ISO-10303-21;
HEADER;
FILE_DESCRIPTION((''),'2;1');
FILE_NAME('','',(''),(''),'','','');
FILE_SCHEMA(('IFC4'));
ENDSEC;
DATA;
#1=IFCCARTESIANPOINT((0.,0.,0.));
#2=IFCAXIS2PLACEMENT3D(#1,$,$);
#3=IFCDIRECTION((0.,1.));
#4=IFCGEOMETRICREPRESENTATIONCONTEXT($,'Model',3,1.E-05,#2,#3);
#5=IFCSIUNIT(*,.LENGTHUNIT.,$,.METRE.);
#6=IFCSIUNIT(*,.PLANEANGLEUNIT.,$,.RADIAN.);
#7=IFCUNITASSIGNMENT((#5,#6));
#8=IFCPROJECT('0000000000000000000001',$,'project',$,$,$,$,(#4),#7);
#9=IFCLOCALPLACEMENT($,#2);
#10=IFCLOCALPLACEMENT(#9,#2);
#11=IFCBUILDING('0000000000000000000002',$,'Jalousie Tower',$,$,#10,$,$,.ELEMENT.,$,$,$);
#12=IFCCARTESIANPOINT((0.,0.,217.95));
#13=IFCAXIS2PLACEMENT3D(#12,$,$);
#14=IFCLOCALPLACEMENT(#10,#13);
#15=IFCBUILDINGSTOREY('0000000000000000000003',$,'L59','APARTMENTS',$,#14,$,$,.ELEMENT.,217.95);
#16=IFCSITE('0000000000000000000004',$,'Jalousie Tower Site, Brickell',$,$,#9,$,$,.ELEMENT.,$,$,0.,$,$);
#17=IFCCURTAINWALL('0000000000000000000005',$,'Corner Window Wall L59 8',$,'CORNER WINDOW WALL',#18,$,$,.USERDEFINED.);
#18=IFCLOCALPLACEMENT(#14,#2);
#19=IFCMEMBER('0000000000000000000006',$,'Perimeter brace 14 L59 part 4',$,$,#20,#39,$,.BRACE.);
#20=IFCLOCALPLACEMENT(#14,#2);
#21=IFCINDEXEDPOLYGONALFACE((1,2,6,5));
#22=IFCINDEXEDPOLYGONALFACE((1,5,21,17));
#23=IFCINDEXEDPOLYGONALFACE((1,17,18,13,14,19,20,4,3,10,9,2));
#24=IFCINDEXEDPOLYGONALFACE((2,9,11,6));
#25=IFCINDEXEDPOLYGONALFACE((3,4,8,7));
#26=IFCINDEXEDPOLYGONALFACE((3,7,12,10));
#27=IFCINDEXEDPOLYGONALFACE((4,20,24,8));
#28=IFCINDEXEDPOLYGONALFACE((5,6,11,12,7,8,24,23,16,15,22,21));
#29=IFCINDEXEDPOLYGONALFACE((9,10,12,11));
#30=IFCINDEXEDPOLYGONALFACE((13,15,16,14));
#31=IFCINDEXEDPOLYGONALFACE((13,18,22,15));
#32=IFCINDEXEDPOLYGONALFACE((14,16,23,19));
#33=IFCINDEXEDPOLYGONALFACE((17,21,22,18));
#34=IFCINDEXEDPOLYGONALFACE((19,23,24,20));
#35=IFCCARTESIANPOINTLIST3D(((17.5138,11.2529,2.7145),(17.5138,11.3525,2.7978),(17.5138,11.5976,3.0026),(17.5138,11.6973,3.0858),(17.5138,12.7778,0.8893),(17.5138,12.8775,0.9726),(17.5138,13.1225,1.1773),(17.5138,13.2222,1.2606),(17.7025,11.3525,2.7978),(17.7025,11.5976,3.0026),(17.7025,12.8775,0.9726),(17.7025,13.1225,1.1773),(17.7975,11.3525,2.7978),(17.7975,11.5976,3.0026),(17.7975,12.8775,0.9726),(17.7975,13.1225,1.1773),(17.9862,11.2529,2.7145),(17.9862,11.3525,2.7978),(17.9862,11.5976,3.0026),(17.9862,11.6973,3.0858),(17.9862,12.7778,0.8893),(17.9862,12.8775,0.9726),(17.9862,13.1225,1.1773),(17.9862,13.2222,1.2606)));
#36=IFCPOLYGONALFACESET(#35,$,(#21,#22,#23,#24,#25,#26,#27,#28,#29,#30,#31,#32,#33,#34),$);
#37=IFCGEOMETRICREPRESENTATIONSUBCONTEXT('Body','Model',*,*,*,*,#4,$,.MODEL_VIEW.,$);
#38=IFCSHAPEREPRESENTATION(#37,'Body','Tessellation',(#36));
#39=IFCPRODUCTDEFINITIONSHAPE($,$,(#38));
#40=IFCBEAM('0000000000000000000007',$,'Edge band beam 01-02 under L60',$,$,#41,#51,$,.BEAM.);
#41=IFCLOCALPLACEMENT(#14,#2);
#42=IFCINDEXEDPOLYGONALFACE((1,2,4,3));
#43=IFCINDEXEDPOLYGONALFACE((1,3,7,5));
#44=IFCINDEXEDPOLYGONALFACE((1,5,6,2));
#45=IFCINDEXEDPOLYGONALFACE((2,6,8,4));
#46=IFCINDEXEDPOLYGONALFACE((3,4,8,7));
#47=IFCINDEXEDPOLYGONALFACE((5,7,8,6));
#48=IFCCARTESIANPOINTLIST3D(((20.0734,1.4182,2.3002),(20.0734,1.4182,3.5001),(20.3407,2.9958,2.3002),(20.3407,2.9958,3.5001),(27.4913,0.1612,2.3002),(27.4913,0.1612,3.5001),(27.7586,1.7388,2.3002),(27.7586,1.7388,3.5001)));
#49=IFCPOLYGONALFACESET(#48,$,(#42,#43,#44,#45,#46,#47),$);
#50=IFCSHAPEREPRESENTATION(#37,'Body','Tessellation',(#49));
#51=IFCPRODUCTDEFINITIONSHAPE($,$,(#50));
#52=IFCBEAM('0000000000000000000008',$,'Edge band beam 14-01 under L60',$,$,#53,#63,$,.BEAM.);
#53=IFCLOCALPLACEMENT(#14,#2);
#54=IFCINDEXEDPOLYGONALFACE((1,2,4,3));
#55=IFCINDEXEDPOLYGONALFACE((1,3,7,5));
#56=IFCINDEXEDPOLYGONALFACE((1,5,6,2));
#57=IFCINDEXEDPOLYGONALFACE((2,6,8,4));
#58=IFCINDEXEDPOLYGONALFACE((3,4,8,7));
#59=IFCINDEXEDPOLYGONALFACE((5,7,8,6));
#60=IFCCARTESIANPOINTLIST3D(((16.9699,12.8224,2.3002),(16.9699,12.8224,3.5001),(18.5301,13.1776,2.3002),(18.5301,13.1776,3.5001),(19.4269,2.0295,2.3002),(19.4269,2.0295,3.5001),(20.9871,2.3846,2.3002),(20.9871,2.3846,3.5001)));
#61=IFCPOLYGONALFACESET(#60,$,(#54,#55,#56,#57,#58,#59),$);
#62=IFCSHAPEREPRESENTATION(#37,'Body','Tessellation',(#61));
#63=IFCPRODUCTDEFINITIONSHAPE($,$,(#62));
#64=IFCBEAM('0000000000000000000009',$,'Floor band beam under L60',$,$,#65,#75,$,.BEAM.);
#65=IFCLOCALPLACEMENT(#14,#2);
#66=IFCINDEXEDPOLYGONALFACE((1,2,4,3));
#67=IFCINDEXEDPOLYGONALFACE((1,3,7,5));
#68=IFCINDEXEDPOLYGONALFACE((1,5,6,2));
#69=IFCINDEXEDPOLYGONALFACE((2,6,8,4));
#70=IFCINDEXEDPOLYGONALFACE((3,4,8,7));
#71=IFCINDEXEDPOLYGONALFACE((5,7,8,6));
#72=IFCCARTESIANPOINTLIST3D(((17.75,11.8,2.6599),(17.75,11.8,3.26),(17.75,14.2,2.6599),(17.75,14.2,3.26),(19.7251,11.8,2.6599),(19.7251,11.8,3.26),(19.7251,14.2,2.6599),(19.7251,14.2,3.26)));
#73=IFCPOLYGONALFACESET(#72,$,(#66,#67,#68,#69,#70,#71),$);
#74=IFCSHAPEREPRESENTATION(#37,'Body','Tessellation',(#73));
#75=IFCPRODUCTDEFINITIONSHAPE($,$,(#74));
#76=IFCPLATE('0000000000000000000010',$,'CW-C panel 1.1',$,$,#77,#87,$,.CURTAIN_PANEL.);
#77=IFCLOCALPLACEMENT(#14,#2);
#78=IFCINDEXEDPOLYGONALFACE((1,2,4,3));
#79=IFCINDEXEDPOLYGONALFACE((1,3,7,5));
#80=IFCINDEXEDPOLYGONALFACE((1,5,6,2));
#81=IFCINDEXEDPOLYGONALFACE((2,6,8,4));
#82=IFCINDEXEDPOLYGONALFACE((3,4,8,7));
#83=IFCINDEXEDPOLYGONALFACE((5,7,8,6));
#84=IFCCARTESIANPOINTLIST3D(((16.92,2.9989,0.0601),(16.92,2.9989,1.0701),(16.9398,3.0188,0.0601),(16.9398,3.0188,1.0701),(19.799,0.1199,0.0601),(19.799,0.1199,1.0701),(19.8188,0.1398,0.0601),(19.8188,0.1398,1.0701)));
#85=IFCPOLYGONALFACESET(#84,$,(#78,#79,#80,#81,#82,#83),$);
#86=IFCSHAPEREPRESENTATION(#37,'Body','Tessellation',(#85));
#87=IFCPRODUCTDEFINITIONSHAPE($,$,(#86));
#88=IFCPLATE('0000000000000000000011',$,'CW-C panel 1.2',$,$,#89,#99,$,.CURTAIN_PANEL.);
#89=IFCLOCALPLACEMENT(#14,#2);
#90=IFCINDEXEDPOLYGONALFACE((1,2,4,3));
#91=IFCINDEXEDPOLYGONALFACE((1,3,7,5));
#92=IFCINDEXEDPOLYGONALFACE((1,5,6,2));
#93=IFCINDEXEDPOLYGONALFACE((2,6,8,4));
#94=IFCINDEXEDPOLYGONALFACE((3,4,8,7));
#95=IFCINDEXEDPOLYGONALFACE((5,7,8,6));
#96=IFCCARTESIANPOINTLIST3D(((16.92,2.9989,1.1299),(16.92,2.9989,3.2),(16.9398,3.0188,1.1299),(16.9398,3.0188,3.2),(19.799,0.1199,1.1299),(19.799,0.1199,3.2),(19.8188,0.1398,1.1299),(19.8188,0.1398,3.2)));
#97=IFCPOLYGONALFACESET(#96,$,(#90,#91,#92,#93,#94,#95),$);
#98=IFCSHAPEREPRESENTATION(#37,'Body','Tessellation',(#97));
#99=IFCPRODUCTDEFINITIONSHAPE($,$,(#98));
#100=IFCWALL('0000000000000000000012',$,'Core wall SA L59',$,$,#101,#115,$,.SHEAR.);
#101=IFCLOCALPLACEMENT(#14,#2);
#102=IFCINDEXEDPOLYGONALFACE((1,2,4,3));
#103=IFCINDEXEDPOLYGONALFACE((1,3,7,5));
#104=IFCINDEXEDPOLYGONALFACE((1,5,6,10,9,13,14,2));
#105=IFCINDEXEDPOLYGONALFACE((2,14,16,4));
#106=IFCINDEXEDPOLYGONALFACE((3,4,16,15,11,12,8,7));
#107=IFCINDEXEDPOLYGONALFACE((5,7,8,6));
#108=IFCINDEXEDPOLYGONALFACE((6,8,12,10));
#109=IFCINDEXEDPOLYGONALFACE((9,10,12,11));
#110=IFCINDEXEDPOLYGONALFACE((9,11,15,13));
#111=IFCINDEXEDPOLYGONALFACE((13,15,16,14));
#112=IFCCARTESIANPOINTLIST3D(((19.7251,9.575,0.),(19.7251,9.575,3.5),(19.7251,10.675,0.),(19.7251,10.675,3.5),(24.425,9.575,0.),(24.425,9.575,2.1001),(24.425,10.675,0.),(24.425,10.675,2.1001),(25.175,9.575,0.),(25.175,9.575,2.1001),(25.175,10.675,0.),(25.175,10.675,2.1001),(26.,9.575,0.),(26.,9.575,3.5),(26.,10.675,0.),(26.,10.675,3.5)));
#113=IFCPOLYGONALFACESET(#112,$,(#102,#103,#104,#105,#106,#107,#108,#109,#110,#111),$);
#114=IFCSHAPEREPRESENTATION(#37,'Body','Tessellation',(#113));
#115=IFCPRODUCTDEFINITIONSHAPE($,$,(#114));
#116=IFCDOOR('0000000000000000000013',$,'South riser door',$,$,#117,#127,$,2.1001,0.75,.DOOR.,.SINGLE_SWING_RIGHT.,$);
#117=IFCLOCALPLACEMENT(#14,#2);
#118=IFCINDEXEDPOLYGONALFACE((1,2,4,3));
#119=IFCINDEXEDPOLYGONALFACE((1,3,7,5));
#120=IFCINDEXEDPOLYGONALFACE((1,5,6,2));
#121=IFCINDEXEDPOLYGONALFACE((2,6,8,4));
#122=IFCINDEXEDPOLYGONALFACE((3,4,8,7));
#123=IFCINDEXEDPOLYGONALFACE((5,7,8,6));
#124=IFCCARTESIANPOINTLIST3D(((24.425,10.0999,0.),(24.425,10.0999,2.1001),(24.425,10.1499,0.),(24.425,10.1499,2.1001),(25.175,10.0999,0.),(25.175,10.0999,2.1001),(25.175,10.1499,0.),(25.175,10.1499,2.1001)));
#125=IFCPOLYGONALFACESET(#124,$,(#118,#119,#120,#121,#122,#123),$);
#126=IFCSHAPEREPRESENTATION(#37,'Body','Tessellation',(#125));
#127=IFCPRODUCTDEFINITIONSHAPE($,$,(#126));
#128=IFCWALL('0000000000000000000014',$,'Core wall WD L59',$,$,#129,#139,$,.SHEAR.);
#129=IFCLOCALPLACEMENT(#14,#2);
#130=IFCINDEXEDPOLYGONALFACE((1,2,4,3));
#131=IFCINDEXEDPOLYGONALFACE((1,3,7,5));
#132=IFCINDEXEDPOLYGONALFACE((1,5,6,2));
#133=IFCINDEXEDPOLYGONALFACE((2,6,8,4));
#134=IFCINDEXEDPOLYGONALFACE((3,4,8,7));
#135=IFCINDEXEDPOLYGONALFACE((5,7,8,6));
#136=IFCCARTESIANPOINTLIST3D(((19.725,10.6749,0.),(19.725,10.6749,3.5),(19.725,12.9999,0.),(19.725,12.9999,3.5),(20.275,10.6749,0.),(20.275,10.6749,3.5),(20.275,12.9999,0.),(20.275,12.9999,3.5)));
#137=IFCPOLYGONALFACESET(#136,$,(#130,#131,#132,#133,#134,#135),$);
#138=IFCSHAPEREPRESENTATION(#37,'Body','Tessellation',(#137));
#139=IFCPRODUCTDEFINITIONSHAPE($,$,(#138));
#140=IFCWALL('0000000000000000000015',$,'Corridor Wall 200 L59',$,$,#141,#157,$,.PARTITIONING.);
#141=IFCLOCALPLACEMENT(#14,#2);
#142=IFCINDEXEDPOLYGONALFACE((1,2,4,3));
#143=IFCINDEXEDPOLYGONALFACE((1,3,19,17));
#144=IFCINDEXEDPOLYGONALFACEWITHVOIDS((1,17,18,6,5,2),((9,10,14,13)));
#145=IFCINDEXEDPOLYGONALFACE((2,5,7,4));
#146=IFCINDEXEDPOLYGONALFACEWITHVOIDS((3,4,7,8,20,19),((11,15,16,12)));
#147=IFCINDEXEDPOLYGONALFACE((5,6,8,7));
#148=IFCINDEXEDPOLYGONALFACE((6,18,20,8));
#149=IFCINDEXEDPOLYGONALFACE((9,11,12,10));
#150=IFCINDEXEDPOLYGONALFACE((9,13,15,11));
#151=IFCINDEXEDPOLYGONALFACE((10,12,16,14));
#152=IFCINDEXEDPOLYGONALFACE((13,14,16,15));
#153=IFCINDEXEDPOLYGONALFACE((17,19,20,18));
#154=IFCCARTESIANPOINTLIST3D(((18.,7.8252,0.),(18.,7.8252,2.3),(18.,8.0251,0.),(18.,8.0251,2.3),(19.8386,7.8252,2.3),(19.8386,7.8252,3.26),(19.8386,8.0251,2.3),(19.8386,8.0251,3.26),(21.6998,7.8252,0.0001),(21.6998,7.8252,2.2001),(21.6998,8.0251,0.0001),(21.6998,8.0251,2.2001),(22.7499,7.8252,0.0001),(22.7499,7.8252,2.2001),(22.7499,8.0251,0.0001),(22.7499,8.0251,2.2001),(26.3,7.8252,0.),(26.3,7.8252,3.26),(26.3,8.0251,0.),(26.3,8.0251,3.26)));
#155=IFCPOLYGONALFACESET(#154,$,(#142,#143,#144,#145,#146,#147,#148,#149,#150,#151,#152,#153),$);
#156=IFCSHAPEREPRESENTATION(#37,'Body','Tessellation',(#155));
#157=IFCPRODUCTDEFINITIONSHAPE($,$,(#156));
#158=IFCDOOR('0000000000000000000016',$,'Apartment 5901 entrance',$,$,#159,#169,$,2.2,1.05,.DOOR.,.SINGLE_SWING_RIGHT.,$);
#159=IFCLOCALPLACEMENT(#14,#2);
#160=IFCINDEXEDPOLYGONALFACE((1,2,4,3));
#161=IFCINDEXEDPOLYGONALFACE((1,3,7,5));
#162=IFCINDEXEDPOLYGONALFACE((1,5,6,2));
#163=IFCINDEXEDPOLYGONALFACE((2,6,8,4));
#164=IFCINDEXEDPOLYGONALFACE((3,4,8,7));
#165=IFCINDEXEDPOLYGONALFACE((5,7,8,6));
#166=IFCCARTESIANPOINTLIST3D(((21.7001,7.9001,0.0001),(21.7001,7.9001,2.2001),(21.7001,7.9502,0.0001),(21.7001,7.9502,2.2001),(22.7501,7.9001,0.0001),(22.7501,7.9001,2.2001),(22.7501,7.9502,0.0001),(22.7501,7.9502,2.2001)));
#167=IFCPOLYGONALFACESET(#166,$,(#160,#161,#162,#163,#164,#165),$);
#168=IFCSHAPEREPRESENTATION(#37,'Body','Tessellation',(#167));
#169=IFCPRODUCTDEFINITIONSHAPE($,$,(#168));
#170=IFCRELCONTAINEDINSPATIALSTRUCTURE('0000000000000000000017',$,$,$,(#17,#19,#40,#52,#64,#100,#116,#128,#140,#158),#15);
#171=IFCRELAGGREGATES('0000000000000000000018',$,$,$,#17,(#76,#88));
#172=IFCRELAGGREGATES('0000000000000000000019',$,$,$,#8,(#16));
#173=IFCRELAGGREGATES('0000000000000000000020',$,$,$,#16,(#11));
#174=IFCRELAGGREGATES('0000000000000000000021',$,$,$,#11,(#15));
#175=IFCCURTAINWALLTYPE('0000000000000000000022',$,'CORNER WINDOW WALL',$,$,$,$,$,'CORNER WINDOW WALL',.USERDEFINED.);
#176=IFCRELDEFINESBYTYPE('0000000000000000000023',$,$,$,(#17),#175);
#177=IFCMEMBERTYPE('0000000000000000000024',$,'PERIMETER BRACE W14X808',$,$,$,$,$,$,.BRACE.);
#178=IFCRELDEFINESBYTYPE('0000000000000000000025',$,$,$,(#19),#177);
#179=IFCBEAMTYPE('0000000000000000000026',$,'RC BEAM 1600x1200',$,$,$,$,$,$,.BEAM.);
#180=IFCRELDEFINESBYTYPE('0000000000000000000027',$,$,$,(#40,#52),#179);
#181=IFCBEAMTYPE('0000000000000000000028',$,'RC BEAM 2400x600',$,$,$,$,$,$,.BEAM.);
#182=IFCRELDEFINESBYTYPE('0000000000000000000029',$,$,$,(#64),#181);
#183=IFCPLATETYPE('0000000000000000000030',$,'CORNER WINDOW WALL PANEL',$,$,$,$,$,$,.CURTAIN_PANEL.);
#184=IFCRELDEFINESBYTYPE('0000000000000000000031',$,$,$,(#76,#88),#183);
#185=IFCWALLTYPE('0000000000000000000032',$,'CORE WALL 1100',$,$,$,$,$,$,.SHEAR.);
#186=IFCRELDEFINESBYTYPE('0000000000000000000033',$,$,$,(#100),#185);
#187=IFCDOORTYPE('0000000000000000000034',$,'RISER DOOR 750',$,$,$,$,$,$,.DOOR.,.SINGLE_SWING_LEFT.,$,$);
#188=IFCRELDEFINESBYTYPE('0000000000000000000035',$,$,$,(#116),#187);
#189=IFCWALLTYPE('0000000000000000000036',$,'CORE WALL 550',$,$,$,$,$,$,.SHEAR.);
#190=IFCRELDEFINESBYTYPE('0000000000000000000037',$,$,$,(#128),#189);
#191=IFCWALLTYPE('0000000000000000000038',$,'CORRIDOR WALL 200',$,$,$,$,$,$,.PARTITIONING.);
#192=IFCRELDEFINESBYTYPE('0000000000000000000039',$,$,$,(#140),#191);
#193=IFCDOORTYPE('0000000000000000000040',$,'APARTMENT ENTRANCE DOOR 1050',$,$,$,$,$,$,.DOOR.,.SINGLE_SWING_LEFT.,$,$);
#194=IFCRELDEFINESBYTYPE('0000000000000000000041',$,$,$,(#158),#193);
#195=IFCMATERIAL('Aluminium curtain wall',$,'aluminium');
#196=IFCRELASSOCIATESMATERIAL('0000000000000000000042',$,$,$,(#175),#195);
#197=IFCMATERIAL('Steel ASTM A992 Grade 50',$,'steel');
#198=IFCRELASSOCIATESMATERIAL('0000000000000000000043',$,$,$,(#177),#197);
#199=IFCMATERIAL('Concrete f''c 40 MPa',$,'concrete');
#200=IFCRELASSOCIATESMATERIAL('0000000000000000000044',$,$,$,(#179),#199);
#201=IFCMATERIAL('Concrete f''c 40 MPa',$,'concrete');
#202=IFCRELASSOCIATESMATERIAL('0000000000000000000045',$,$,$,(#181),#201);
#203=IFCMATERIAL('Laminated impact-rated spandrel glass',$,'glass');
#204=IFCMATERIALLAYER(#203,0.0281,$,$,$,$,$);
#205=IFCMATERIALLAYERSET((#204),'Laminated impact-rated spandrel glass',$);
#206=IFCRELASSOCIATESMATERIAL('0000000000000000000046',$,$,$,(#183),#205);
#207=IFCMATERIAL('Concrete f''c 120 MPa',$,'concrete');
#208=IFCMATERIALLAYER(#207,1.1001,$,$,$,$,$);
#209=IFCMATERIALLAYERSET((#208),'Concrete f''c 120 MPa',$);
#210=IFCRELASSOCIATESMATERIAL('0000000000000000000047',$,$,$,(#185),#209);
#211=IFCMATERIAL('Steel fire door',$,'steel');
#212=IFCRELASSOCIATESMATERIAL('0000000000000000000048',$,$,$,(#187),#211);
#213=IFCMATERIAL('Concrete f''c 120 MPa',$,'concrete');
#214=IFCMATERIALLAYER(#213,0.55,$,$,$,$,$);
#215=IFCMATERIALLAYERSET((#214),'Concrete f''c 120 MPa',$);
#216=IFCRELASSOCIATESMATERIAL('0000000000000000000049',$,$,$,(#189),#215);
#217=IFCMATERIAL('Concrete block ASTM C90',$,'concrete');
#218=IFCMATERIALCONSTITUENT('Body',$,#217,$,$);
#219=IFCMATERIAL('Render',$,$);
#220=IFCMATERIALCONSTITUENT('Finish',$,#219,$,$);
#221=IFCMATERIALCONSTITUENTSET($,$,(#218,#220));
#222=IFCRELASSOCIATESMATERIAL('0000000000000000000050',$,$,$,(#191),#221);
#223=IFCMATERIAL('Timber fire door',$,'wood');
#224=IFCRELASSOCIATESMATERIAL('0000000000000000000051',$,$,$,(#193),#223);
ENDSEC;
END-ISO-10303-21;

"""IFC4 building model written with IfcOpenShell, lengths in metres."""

from ifc_helpers import new_model, si_unit, direction, frame, frame_2d, origin, origin_2d, place, context, subcontext, project, spatial, polyline, rectangle, i_section, outline, extrude, material, layer, layer_set, constituent, constituent_set, material_profile, profile_set, type_object, element, fill, aggregate, save


model = new_model("IFC4")

# Units and contexts
model_context = context("Model", 3, precision=1e-05, world=origin(), true_north=direction((0.0, 1.0)))
body_context = subcontext(model_context, "Body", "Model", "MODEL_VIEW")
ifc_project = project(units=[si_unit("LENGTHUNIT", "METRE"), si_unit("PLANEANGLEUNIT", "RADIAN")], contexts=[model_context])

# Site, building, storey
site_placement = place(None, origin())
site = spatial("IfcSite", under=ifc_project, at=site_placement, Name="Jalousie Tower Site, Brickell", CompositionType="ELEMENT", RefElevation=0.0)
building_placement = place(site_placement, origin())
building = spatial("IfcBuilding", under=site, at=building_placement, Name="Jalousie Tower", CompositionType="ELEMENT")
storey_placement = place(building_placement, frame((0.0, 0.0, 217.95)))
storey = spatial("IfcBuildingStorey", under=building, at=storey_placement, Name="L59", Description="APARTMENTS", CompositionType="ELEMENT", Elevation=217.95)

# Curtain wall
ifc_material_1 = material(Name="Aluminium curtain wall", Category="aluminium")
curtain_wall_type = type_object("IfcCurtainWallType", Name="CORNER WINDOW WALL", ElementType="CORNER WINDOW WALL", PredefinedType="USERDEFINED", material=ifc_material_1)
curtain_wall_placement = place(storey_placement, origin())
curtain_wall = element("IfcCurtainWall", 1, at=curtain_wall_placement, inside=storey, type_object=curtain_wall_type, Name="Corner Window Wall L59 8", ObjectType="CORNER WINDOW WALL", PredefinedType="USERDEFINED")

# Member
ifc_material_2 = material(Name="Steel ASTM A992 Grade 50", Category="steel")
ifc_material_profile_1 = material_profile(ifc_material_2, i_section(OverallWidth=0.4724, OverallDepth=0.5791, WebThickness=0.095, FlangeThickness=0.1299, at=origin_2d()), Name="W14X808")
ifc_profile_set_1 = profile_set([ifc_material_profile_1], Name="Steel ASTM A992 Grade 50")
member_type_1 = type_object("IfcMemberType", Name="PERIMETER BRACE W14X808", PredefinedType="BRACE", material=ifc_profile_set_1)
member_1_placement = place(storey_placement, frame((17.75, 13.0, 1.075), z_axis=(0.0, -0.641153, 0.767413), x_axis=(1.0, 0.0, 0.0)))
element("IfcMember", 2, at=member_1_placement, inside=storey, type_object=member_type_1, Name="Perimeter brace 14 L59 part 4", PredefinedType="BRACE", context=body_context, shape_type="SweptSolid", body=[
    extrude(i_section(OverallWidth=0.4724, OverallDepth=0.5791, WebThickness=0.095, FlangeThickness=0.1299, at=origin_2d()), origin(), (0.0, 0.0, 1.0), 2.3784),
])

# Beams
ifc_material_3 = material(Name="Concrete f'c 40 MPa", Category="concrete")
ifc_material_profile_2 = material_profile(ifc_material_3, rectangle(XDim=1.6001, YDim=1.2, at=origin_2d()), Name="RC 1600x1200")
ifc_profile_set_2 = profile_set([ifc_material_profile_2], Name="Concrete f'c 40 MPa")
beam_type_1 = type_object("IfcBeamType", Name="RC BEAM 1600x1200", PredefinedType="BEAM", material=ifc_profile_set_2)
beam_1_placement = place(storey_placement, frame((20.207, 2.207, 2.9001), z_axis=(0.985943, -0.167082, 0.0), x_axis=(0.167082, 0.985943, 0.0)))
element("IfcBeam", 3, at=beam_1_placement, inside=storey, type_object=beam_type_1, Name="Edge band beam 01-02 under L60", PredefinedType="BEAM", context=body_context, shape_type="SweptSolid", body=[
    extrude(rectangle(XDim=1.6001, YDim=1.2, at=origin_2d()), origin(), (0.0, 0.0, 1.0), 7.5237),
])
beam_2_placement = place(storey_placement, frame((17.75, 13.0, 2.9001), z_axis=(0.221972, -0.975053, 0.0), x_axis=(0.975053, 0.221972, 0.0)))
element("IfcBeam", 4, at=beam_2_placement, inside=storey, type_object=beam_type_1, Name="Edge band beam 14-01 under L60", PredefinedType="BEAM", context=body_context, shape_type="SweptSolid", body=[
    extrude(rectangle(XDim=1.6001, YDim=1.2, at=origin_2d()), origin(), (0.0, 0.0, 1.0), 11.0691),
])
ifc_material_4 = material(Name="Concrete f'c 40 MPa", Category="concrete")
ifc_material_profile_3 = material_profile(ifc_material_4, rectangle(XDim=2.3999, YDim=0.6001, at=origin_2d()), Name="RC 2400x600")
ifc_profile_set_3 = profile_set([ifc_material_profile_3], Name="Concrete f'c 40 MPa")
beam_type_2 = type_object("IfcBeamType", Name="RC BEAM 2400x600", PredefinedType="BEAM", material=ifc_profile_set_3)
beam_3_placement = place(storey_placement, frame((17.75, 13.0, 2.96), z_axis=(1.0, 0.0, 0.0), x_axis=(0.0, 1.0, 0.0)))
element("IfcBeam", 5, at=beam_3_placement, inside=storey, type_object=beam_type_2, Name="Floor band beam under L60", PredefinedType="BEAM", context=body_context, shape_type="SweptSolid", body=[
    extrude(rectangle(XDim=2.3999, YDim=0.6001, at=origin_2d()), origin(), (0.0, 0.0, 1.0), 1.9751),
])

# Plates
ifc_material_5 = material(Name="Laminated impact-rated spandrel glass", Category="glass")
ifc_layer_1 = layer(ifc_material_5, 0.0281)
ifc_layer_set_1 = layer_set([ifc_layer_1], Name="Laminated impact-rated spandrel glass")
plate_type = type_object("IfcPlateType", Name="CORNER WINDOW WALL PANEL", PredefinedType="CURTAIN_PANEL", material=ifc_layer_set_1)
plate_1_placement = place(storey_placement, frame((18.3694, 1.5693, 0.0601), z_axis=(0.0, 0.0, 1.0), x_axis=(0.707107, -0.707107, 0.0)))
plate_1 = element("IfcPlate", 6, at=plate_1_placement, type_object=plate_type, Name="CW-C panel 1.1", PredefinedType="CURTAIN_PANEL", context=body_context, shape_type="SweptSolid", body=[
    extrude(rectangle(XDim=4.0715, YDim=0.0281, at=origin_2d()), origin(), (0.0, 0.0, 1.0), 1.01),
])
plate_2_placement = place(storey_placement, frame((18.3694, 1.5693, 1.1299), z_axis=(0.0, 0.0, 1.0), x_axis=(0.707107, -0.707107, 0.0)))
plate_2 = element("IfcPlate", 7, at=plate_2_placement, type_object=plate_type, Name="CW-C panel 1.2", PredefinedType="CURTAIN_PANEL", context=body_context, shape_type="SweptSolid", body=[
    extrude(rectangle(XDim=4.0715, YDim=0.0281, at=origin_2d()), origin(), (0.0, 0.0, 1.0), 2.0701),
])
aggregate(curtain_wall, [plate_1, plate_2])

# Wall, opening, door
ifc_material_6 = material(Name="Concrete f'c 120 MPa", Category="concrete")
ifc_layer_2 = layer(ifc_material_6, 1.1001)
ifc_layer_set_2 = layer_set([ifc_layer_2], Name="Concrete f'c 120 MPa")
wall_type_1 = type_object("IfcWallType", Name="CORE WALL 1100", PredefinedType="SHEAR", material=ifc_layer_set_2)
wall_1_placement = place(storey_placement, frame((19.7251, 10.125, 0.0), z_axis=(0.0, 0.0, 1.0), x_axis=(1.0, 0.0, 0.0)))
wall_1 = element("IfcWall", 8, at=wall_1_placement, inside=storey, type_object=wall_type_1, Name="Core wall SA L59", PredefinedType="SHEAR", context=body_context, shape_type="SweptSolid", body=[
    extrude(rectangle(XDim=6.2749, YDim=1.1001, at=frame_2d((3.1375, 0.0))), origin(), (0.0, 0.0, 1.0), 3.5),
])
opening_1_placement = place(wall_1_placement, frame((4.7, 0.0, 0.0)))
opening_1 = element("IfcOpeningElement", 9, at=opening_1_placement, cuts=wall_1, PredefinedType="OPENING", context=body_context, shape_type="SweptSolid", body=[
    extrude(rectangle(XDim=0.75, YDim=2.1001, at=frame_2d((0.375, 1.05))), frame((0.0, 0.5601, 0.0), z_axis=(0.0, -1.0, 0.0), x_axis=(1.0, 0.0, 0.0)), (0.0, 0.0, 1.0), 1.1201),
])
ifc_material_7 = material(Name="Steel fire door", Category="steel")
door_type_1 = type_object("IfcDoorType", Name="RISER DOOR 750", OperationType="SINGLE_SWING_LEFT", PredefinedType="DOOR", material=ifc_material_7)
door_1_placement = place(opening_1_placement, origin())
door_1 = element("IfcDoor", 10, at=door_1_placement, inside=storey, type_object=door_type_1, Name="South riser door", OperationType="SINGLE_SWING_RIGHT", OverallHeight=2.1001, OverallWidth=0.75, PredefinedType="DOOR", context=body_context, shape_type="SweptSolid", body=[
    extrude(rectangle(XDim=0.75, YDim=2.1001, at=frame_2d((0.375, 1.05))), frame((0.0, 0.0249, 0.0), z_axis=(0.0, -1.0, 0.0), x_axis=(1.0, 0.0, 0.0)), (0.0, 0.0, 1.0), 0.05),
])
fill(opening_1, door_1)

# Wall
ifc_material_8 = material(Name="Concrete f'c 120 MPa", Category="concrete")
ifc_layer_3 = layer(ifc_material_8, 0.55)
ifc_layer_set_3 = layer_set([ifc_layer_3], Name="Concrete f'c 120 MPa")
wall_type_2 = type_object("IfcWallType", Name="CORE WALL 550", PredefinedType="SHEAR", material=ifc_layer_set_3)
wall_2_placement = place(storey_placement, frame((20.0, 13.0, 0.0), z_axis=(0.0, 0.0, 1.0), x_axis=(0.0, -1.0, 0.0)))
element("IfcWall", 11, at=wall_2_placement, inside=storey, type_object=wall_type_2, Name="Core wall WD L59", PredefinedType="SHEAR", context=body_context, shape_type="SweptSolid", body=[
    extrude(rectangle(XDim=2.325, YDim=0.55, at=frame_2d((1.1626, 0.0))), origin(), (0.0, 0.0, 1.0), 3.5),
])

# Wall, opening, door
ifc_material_9 = material(Name="Concrete block ASTM C90", Category="concrete")
ifc_constituent_1 = constituent(ifc_material_9, Name="Body")
ifc_material_10 = material(Name="Render")
ifc_constituent_2 = constituent(ifc_material_10, Name="Finish")
ifc_constituent_set_1 = constituent_set(constituents=[ifc_constituent_1, ifc_constituent_2])
wall_type_3 = type_object("IfcWallType", Name="CORRIDOR WALL 200", PredefinedType="PARTITIONING", material=ifc_constituent_set_1)
wall_3_placement = place(storey_placement, frame((18.0, 7.925, 0.0), z_axis=(0.0, 0.0, 1.0), x_axis=(1.0, 0.0, 0.0)))
wall_3 = element("IfcWall", 12, at=wall_3_placement, inside=storey, type_object=wall_type_3, Name="Corridor Wall 200 L59", PredefinedType="PARTITIONING", context=body_context, shape_type="SweptSolid", body=[
    extrude(outline(polyline([(0.0, 0.0), (8.3, 0.0), (8.3, 3.26), (1.8386, 3.26), (1.8386, 2.3), (0.0, 2.3), (0.0, 3.26), (0.0, 0.0)])), frame((0.0, 0.1001, 0.0), z_axis=(0.0, -1.0, 0.0), x_axis=(1.0, 0.0, 0.0)), (0.0, 0.0, 1.0), 0.2),
])
opening_2_placement = place(wall_3_placement, frame((3.7, 0.0, 0.0)))
opening_2 = element("IfcOpeningElement", 13, at=opening_2_placement, cuts=wall_3, PredefinedType="OPENING", context=body_context, shape_type="SweptSolid", body=[
    extrude(rectangle(XDim=1.05, YDim=2.2, at=frame_2d((0.5249, 1.1001))), frame((0.0, 0.1099, 0.0), z_axis=(0.0, -1.0, 0.0), x_axis=(1.0, 0.0, 0.0)), (0.0, 0.0, 1.0), 0.22),
])
ifc_material_11 = material(Name="Timber fire door", Category="wood")
door_type_2 = type_object("IfcDoorType", Name="APARTMENT ENTRANCE DOOR 1050", OperationType="SINGLE_SWING_LEFT", PredefinedType="DOOR", material=ifc_material_11)
door_2_placement = place(opening_2_placement, frame((1.05, 0.0, 0.0), z_axis=(0.0, 0.0, 1.0), x_axis=(-1.0, 0.0, 0.0)))
door_2 = element("IfcDoor", 14, at=door_2_placement, inside=storey, type_object=door_type_2, Name="Apartment 5901 entrance", OperationType="SINGLE_SWING_RIGHT", OverallHeight=2.2, OverallWidth=1.05, PredefinedType="DOOR", context=body_context, shape_type="SweptSolid", body=[
    extrude(rectangle(XDim=1.05, YDim=2.2, at=frame_2d((0.5249, 1.1001))), frame((0.0, 0.0249, 0.0), z_axis=(0.0, -1.0, 0.0), x_axis=(1.0, 0.0, 0.0)), (0.0, 0.0, 1.0), 0.05),
])
fill(opening_2, door_2)

save(model, "model.ifc")
